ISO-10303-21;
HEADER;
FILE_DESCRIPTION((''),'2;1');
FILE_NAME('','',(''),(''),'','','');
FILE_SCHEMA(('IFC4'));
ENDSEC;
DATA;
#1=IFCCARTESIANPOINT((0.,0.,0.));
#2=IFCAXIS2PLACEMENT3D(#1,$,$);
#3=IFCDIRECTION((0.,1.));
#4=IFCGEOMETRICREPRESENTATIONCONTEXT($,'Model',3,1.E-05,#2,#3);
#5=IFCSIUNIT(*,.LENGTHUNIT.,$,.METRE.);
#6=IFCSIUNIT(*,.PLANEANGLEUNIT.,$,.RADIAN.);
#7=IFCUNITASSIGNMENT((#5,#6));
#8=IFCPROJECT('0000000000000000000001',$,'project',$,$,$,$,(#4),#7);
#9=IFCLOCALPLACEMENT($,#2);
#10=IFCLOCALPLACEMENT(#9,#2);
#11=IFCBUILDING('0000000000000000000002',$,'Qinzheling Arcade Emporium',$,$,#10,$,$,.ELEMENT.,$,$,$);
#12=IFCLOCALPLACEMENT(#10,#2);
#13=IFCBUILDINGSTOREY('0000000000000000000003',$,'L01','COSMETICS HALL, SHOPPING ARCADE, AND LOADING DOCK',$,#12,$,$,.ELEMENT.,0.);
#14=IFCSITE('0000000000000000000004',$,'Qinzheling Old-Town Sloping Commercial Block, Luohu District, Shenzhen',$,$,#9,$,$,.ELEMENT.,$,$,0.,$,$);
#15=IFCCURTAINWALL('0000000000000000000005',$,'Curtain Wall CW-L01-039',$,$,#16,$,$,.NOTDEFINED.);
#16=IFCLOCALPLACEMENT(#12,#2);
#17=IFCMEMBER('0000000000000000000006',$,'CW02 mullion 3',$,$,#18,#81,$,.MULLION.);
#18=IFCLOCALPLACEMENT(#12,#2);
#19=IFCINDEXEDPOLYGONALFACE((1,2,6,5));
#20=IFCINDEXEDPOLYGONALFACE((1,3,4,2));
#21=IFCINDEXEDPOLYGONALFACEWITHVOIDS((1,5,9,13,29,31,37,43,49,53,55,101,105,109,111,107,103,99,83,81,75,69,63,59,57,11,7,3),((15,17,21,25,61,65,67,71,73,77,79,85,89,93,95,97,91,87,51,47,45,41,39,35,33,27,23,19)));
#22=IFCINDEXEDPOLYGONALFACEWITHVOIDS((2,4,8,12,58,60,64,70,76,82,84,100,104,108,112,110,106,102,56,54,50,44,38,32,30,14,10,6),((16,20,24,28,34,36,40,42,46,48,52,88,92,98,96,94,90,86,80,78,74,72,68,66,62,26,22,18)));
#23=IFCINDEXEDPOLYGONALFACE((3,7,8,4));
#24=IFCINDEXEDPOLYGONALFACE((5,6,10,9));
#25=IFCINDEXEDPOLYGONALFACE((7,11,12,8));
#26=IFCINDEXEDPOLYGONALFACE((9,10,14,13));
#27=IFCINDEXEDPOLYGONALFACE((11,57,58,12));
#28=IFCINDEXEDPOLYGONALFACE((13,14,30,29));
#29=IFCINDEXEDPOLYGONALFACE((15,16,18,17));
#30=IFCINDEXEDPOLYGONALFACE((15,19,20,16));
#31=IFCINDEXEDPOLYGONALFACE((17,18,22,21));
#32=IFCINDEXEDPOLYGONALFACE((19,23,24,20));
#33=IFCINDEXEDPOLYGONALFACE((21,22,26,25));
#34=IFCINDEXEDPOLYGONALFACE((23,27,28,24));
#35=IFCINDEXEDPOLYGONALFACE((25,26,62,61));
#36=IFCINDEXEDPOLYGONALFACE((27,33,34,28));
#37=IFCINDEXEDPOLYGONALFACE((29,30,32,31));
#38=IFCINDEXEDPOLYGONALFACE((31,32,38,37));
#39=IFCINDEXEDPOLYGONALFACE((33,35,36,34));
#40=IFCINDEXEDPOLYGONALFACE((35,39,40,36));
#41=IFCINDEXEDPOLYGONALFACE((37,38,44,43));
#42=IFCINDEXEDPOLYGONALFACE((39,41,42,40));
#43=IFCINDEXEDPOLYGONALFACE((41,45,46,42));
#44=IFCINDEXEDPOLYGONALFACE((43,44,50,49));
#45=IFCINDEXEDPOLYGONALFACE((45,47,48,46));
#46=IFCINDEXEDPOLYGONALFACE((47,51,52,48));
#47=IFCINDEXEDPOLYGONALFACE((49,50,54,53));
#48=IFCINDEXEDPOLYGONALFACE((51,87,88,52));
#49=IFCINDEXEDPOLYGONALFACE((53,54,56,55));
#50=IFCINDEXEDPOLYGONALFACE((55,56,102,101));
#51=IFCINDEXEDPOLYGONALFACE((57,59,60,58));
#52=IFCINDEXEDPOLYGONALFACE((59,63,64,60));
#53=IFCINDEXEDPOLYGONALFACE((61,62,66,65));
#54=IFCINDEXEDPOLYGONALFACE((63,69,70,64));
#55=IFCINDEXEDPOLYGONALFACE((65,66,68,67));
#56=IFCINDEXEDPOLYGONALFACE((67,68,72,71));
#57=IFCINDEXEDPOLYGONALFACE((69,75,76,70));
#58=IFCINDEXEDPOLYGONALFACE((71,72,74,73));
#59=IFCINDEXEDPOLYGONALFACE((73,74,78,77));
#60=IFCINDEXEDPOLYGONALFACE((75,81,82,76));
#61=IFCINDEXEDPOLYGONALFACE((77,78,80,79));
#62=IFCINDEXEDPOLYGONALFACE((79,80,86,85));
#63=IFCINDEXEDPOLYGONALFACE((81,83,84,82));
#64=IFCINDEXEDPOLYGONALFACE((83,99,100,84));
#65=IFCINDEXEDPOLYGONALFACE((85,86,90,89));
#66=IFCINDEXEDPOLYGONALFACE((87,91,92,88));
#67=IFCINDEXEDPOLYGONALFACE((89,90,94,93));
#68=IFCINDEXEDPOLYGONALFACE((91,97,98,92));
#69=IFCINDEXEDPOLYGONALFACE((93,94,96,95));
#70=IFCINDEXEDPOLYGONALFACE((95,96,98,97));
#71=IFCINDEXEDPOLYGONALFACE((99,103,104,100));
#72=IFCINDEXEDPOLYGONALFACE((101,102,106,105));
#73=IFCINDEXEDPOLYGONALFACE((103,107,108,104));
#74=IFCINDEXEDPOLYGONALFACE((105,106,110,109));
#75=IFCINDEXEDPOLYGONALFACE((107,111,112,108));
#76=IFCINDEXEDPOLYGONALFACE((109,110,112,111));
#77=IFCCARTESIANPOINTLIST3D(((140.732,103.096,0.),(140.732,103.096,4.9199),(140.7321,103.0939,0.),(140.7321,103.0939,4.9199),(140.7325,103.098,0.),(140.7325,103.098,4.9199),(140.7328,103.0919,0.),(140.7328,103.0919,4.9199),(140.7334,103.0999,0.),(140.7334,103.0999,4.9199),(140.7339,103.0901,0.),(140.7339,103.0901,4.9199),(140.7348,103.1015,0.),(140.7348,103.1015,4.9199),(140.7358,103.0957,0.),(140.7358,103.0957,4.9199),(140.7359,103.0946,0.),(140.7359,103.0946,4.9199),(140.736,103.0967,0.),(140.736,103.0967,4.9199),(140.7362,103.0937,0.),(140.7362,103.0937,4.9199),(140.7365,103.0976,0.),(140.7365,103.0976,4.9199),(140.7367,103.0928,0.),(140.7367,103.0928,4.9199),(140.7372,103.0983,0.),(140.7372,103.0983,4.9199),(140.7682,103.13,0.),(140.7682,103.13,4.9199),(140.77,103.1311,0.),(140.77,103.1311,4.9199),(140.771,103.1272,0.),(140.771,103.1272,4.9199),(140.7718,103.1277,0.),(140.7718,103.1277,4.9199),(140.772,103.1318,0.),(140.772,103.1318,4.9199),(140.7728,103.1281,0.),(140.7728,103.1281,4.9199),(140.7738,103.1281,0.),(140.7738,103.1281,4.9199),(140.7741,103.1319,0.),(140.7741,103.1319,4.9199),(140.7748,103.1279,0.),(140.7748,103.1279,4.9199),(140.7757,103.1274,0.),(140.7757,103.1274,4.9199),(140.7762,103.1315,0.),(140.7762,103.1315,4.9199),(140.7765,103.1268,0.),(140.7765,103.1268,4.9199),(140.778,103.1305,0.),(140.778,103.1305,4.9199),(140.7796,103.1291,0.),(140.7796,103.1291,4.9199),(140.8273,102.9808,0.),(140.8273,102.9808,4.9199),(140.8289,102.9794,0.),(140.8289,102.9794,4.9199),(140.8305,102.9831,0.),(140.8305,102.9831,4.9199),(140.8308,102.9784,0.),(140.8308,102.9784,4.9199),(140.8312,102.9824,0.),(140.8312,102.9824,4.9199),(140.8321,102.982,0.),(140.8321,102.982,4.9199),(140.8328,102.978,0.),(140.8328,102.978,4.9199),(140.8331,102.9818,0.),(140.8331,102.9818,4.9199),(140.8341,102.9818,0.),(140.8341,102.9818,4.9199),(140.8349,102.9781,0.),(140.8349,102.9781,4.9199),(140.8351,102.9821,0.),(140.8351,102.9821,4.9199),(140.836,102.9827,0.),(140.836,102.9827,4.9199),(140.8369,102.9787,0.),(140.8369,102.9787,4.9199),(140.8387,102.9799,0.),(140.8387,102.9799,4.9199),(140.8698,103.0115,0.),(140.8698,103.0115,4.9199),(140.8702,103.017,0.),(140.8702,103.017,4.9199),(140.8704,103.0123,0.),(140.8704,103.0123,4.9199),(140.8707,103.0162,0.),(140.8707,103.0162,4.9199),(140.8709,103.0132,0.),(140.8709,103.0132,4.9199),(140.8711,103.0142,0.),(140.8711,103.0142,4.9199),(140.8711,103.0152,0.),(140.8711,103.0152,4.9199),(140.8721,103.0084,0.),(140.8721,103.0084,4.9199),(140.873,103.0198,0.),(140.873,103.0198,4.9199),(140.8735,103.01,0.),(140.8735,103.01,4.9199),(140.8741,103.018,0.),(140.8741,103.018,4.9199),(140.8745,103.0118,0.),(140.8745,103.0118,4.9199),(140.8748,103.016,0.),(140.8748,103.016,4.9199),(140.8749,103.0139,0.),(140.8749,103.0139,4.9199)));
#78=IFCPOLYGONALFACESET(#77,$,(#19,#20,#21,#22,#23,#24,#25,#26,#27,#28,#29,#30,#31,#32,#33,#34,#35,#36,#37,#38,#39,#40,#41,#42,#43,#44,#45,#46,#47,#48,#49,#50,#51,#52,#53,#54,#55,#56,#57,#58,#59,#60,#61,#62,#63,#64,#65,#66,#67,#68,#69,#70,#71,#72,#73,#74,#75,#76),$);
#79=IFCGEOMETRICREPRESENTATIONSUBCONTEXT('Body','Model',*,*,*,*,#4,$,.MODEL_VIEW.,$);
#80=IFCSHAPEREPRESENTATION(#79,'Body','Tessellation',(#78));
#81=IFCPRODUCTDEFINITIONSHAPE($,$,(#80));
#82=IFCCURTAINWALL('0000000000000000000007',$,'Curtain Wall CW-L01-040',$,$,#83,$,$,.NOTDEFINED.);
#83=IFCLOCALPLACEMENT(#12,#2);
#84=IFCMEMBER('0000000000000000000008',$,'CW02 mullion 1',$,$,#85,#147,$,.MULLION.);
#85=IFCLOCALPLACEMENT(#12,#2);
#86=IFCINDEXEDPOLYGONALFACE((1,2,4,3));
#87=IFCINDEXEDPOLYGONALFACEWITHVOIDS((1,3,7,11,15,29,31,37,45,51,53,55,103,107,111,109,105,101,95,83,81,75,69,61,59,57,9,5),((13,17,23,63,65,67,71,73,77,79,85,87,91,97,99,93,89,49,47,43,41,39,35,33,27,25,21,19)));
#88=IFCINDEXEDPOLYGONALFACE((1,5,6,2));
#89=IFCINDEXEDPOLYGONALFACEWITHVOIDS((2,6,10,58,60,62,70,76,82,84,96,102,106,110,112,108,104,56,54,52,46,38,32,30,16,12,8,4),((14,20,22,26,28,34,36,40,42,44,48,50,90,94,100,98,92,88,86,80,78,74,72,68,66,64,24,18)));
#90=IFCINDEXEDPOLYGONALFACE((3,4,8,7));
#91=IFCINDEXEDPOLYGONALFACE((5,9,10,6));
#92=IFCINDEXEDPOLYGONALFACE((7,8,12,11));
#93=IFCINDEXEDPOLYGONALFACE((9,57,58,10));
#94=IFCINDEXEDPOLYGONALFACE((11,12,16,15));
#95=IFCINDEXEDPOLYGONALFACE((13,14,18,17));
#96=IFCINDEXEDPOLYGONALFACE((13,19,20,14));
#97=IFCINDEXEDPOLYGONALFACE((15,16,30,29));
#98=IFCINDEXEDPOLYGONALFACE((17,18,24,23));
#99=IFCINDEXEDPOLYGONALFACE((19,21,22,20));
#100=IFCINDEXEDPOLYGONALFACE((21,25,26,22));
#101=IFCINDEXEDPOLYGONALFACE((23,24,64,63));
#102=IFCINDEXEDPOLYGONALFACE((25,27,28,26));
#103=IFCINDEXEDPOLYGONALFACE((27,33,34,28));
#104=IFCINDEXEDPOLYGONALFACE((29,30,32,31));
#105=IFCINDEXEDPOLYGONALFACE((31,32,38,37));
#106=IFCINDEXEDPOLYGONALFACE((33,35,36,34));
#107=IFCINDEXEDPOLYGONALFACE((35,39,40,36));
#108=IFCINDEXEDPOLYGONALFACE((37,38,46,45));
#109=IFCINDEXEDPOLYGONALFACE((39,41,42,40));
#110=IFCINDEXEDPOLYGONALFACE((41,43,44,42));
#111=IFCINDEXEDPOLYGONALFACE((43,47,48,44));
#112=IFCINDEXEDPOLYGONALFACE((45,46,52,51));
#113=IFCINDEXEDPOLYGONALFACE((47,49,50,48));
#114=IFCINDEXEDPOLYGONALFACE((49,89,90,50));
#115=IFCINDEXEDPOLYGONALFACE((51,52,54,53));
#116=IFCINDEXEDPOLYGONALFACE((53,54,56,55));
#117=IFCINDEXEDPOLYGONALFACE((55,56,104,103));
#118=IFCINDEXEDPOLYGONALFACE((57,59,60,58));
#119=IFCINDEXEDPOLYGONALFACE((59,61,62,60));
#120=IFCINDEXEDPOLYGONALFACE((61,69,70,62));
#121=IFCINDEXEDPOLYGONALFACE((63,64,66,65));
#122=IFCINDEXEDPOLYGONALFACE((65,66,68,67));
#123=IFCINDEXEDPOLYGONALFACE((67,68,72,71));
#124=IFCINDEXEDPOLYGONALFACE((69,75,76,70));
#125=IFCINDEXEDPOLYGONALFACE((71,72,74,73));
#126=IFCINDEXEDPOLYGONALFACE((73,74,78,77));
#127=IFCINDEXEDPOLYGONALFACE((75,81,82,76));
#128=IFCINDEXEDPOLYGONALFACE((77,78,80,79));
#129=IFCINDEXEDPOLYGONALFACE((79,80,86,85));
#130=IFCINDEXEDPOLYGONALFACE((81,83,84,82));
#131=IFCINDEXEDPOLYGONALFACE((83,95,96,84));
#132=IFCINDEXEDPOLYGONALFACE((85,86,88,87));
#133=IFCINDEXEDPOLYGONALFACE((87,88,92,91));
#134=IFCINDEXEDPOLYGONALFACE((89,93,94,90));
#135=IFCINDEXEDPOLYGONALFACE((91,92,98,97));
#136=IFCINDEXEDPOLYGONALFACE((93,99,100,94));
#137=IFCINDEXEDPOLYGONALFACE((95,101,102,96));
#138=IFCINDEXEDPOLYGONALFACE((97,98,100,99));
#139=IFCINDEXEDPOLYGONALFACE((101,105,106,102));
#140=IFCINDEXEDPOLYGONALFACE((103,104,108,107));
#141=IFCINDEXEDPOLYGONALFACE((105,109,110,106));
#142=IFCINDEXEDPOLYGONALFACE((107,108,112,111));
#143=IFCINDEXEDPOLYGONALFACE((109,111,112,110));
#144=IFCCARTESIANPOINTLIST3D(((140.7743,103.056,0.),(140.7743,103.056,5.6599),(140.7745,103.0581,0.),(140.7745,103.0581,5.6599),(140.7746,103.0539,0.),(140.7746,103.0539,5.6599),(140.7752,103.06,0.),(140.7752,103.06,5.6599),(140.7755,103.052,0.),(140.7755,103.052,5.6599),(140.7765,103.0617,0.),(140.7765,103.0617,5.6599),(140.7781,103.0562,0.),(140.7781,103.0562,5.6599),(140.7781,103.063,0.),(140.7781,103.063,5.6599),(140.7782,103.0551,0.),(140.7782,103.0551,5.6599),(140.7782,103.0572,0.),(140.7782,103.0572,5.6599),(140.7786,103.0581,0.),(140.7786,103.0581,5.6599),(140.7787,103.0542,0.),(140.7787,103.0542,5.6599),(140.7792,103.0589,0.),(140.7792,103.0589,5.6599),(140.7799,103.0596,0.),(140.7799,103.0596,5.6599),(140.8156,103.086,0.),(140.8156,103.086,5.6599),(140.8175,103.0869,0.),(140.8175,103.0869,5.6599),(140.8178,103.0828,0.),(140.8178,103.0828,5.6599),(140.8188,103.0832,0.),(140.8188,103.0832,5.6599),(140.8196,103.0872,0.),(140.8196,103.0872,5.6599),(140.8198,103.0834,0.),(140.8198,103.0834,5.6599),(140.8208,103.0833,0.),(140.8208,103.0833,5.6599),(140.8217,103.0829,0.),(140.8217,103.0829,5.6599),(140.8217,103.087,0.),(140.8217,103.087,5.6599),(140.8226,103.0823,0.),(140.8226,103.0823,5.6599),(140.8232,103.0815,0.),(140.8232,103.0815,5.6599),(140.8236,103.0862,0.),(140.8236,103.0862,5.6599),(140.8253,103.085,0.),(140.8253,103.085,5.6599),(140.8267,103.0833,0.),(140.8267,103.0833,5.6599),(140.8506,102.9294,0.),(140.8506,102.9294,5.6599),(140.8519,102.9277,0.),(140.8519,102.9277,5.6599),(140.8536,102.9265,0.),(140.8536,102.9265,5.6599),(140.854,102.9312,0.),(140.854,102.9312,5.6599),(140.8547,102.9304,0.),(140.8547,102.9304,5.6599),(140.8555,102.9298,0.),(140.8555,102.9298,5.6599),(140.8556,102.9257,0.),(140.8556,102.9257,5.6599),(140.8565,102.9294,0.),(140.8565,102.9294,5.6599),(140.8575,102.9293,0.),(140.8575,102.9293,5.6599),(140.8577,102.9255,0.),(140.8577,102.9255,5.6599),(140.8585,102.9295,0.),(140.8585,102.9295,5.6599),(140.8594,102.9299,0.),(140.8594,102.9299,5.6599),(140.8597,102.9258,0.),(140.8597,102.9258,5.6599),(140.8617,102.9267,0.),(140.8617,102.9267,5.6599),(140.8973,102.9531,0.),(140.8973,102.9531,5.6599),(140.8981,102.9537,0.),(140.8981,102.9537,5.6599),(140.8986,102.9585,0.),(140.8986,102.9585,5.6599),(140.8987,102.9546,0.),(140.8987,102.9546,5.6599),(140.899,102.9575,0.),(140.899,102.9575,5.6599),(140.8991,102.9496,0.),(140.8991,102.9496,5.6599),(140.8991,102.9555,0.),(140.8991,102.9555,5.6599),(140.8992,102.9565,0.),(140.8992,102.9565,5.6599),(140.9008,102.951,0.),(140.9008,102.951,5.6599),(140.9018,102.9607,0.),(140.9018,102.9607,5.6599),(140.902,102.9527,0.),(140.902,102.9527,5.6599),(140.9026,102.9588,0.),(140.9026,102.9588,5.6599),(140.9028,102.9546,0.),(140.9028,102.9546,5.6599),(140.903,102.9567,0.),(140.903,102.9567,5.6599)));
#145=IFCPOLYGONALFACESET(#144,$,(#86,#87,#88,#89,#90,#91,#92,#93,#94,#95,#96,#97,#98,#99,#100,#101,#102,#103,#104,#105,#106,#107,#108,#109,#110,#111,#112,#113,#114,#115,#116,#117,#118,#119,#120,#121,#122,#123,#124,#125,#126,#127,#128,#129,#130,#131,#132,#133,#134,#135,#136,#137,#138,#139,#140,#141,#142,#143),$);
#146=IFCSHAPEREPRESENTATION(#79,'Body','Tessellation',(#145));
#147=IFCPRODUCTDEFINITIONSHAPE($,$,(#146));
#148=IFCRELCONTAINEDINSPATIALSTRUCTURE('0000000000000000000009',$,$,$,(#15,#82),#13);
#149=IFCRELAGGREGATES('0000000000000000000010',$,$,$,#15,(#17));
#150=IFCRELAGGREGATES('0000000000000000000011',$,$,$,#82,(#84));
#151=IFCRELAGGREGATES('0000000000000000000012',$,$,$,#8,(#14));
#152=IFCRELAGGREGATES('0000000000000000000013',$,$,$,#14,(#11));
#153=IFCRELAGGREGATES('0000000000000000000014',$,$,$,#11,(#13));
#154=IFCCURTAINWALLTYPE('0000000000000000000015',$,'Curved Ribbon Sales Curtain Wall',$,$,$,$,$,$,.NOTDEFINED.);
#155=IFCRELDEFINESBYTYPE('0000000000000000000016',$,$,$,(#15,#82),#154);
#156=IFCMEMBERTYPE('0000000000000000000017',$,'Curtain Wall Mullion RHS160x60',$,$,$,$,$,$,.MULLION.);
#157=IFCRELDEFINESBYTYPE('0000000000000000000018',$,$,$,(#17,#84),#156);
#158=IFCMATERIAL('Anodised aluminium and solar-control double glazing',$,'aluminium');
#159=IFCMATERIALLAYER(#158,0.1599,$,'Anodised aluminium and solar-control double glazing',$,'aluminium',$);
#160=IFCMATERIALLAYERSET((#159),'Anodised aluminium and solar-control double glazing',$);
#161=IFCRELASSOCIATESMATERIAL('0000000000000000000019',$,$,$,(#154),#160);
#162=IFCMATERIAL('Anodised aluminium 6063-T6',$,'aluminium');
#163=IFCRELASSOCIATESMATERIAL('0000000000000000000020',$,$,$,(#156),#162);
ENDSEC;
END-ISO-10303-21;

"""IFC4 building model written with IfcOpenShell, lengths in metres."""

from ifc_helpers import new_model, si_unit, direction, frame, origin, origin_2d, place, context, subcontext, project, spatial, hollow_rectangle, extrude, material, layer, layer_set, material_profile, profile_set, type_object, element, aggregate, save


model = new_model("IFC4")

# Units and contexts
model_context = context("Model", 3, precision=1e-05, world=origin(), true_north=direction((0.0, 1.0)))
body_context = subcontext(model_context, "Body", "Model", "MODEL_VIEW")
ifc_project = project(units=[si_unit("LENGTHUNIT", "METRE"), si_unit("PLANEANGLEUNIT", "RADIAN")], contexts=[model_context])

# Site, building, storey
site_placement = place(None, origin())
site = spatial("IfcSite", under=ifc_project, at=site_placement, Name="Qinzheling Old-Town Sloping Commercial Block, Luohu District, Shenzhen", CompositionType="ELEMENT", RefElevation=0.0)
building_placement = place(site_placement, origin())
building = spatial("IfcBuilding", under=site, at=building_placement, Name="Qinzheling Arcade Emporium", CompositionType="ELEMENT")
storey_placement = place(building_placement, origin())
storey = spatial("IfcBuildingStorey", under=building, at=storey_placement, Name="L01", Description="COSMETICS HALL, SHOPPING ARCADE, AND LOADING DOCK", CompositionType="ELEMENT", Elevation=0.0)

# Curtain wall, member
ifc_material_1 = material(Name="Anodised aluminium and solar-control double glazing", Category="aluminium")
ifc_layer_1 = layer(ifc_material_1, 0.1599, Name="Anodised aluminium and solar-control double glazing", Category="aluminium")
ifc_layer_set_1 = layer_set([ifc_layer_1], Name="Anodised aluminium and solar-control double glazing")
curtain_wall_type = type_object("IfcCurtainWallType", Name="Curved Ribbon Sales Curtain Wall", PredefinedType="NOTDEFINED", material=ifc_layer_set_1)
curtain_wall_1_placement = place(storey_placement, origin())
curtain_wall_1 = element("IfcCurtainWall", 1, at=curtain_wall_1_placement, inside=storey, type_object=curtain_wall_type, Name="Curtain Wall CW-L01-039", PredefinedType="NOTDEFINED")
ifc_material_2 = material(Name="Anodised aluminium 6063-T6", Category="aluminium")
ifc_material_profile_1 = material_profile(ifc_material_2, hollow_rectangle(XDim=0.0601, YDim=0.1599, WallThickness=0.0039, InnerFilletRadius=0.0039, OuterFilletRadius=0.0081, at=origin_2d()), Name="RHS 160x60x4", Category="aluminium")
ifc_profile_set_1 = profile_set([ifc_material_profile_1], Name="Anodised aluminium 6063-T6")
member_type_1 = type_object("IfcMemberType", Name="Curtain Wall Mullion RHS160x60", PredefinedType="MULLION", material=ifc_profile_set_1)
member_1_placement = place(storey_placement, frame((140.8035, 103.0549, 0.0), z_axis=(0.0, 0.0, 1.0), x_axis=(0.760341, 0.649524, 0.0)))
member_1 = element("IfcMember", 2, at=member_1_placement, type_object=member_type_1, Name="CW02 mullion 3", PredefinedType="MULLION", context=body_context, shape_type="SweptSolid", body=[
    extrude(hollow_rectangle(XDim=0.0601, YDim=0.1599, WallThickness=0.0039, InnerFilletRadius=0.0039, OuterFilletRadius=0.0081, at=origin_2d()), origin(), (0.0, 0.0, 1.0), 4.9199),
])
aggregate(curtain_wall_1, [member_1])

# Curtain wall, member
curtain_wall_2_placement = place(storey_placement, origin())
curtain_wall_2 = element("IfcCurtainWall", 3, at=curtain_wall_2_placement, inside=storey, type_object=curtain_wall_type, Name="Curtain Wall CW-L01-040", PredefinedType="NOTDEFINED")
member_2_placement = place(storey_placement, frame((140.8386, 103.0063, 0.0), z_axis=(0.0, 0.0, 1.0), x_axis=(0.852691, 0.522415, 0.0)))
member_2 = element("IfcMember", 4, at=member_2_placement, type_object=member_type_1, Name="CW02 mullion 1", PredefinedType="MULLION", context=body_context, shape_type="SweptSolid", body=[
    extrude(hollow_rectangle(XDim=0.0601, YDim=0.1599, WallThickness=0.0039, InnerFilletRadius=0.0039, OuterFilletRadius=0.0081, at=origin_2d()), origin(), (0.0, 0.0, 1.0), 5.6599),
])

aggregate(curtain_wall_2, [member_2])

save(model, "model.ifc")
